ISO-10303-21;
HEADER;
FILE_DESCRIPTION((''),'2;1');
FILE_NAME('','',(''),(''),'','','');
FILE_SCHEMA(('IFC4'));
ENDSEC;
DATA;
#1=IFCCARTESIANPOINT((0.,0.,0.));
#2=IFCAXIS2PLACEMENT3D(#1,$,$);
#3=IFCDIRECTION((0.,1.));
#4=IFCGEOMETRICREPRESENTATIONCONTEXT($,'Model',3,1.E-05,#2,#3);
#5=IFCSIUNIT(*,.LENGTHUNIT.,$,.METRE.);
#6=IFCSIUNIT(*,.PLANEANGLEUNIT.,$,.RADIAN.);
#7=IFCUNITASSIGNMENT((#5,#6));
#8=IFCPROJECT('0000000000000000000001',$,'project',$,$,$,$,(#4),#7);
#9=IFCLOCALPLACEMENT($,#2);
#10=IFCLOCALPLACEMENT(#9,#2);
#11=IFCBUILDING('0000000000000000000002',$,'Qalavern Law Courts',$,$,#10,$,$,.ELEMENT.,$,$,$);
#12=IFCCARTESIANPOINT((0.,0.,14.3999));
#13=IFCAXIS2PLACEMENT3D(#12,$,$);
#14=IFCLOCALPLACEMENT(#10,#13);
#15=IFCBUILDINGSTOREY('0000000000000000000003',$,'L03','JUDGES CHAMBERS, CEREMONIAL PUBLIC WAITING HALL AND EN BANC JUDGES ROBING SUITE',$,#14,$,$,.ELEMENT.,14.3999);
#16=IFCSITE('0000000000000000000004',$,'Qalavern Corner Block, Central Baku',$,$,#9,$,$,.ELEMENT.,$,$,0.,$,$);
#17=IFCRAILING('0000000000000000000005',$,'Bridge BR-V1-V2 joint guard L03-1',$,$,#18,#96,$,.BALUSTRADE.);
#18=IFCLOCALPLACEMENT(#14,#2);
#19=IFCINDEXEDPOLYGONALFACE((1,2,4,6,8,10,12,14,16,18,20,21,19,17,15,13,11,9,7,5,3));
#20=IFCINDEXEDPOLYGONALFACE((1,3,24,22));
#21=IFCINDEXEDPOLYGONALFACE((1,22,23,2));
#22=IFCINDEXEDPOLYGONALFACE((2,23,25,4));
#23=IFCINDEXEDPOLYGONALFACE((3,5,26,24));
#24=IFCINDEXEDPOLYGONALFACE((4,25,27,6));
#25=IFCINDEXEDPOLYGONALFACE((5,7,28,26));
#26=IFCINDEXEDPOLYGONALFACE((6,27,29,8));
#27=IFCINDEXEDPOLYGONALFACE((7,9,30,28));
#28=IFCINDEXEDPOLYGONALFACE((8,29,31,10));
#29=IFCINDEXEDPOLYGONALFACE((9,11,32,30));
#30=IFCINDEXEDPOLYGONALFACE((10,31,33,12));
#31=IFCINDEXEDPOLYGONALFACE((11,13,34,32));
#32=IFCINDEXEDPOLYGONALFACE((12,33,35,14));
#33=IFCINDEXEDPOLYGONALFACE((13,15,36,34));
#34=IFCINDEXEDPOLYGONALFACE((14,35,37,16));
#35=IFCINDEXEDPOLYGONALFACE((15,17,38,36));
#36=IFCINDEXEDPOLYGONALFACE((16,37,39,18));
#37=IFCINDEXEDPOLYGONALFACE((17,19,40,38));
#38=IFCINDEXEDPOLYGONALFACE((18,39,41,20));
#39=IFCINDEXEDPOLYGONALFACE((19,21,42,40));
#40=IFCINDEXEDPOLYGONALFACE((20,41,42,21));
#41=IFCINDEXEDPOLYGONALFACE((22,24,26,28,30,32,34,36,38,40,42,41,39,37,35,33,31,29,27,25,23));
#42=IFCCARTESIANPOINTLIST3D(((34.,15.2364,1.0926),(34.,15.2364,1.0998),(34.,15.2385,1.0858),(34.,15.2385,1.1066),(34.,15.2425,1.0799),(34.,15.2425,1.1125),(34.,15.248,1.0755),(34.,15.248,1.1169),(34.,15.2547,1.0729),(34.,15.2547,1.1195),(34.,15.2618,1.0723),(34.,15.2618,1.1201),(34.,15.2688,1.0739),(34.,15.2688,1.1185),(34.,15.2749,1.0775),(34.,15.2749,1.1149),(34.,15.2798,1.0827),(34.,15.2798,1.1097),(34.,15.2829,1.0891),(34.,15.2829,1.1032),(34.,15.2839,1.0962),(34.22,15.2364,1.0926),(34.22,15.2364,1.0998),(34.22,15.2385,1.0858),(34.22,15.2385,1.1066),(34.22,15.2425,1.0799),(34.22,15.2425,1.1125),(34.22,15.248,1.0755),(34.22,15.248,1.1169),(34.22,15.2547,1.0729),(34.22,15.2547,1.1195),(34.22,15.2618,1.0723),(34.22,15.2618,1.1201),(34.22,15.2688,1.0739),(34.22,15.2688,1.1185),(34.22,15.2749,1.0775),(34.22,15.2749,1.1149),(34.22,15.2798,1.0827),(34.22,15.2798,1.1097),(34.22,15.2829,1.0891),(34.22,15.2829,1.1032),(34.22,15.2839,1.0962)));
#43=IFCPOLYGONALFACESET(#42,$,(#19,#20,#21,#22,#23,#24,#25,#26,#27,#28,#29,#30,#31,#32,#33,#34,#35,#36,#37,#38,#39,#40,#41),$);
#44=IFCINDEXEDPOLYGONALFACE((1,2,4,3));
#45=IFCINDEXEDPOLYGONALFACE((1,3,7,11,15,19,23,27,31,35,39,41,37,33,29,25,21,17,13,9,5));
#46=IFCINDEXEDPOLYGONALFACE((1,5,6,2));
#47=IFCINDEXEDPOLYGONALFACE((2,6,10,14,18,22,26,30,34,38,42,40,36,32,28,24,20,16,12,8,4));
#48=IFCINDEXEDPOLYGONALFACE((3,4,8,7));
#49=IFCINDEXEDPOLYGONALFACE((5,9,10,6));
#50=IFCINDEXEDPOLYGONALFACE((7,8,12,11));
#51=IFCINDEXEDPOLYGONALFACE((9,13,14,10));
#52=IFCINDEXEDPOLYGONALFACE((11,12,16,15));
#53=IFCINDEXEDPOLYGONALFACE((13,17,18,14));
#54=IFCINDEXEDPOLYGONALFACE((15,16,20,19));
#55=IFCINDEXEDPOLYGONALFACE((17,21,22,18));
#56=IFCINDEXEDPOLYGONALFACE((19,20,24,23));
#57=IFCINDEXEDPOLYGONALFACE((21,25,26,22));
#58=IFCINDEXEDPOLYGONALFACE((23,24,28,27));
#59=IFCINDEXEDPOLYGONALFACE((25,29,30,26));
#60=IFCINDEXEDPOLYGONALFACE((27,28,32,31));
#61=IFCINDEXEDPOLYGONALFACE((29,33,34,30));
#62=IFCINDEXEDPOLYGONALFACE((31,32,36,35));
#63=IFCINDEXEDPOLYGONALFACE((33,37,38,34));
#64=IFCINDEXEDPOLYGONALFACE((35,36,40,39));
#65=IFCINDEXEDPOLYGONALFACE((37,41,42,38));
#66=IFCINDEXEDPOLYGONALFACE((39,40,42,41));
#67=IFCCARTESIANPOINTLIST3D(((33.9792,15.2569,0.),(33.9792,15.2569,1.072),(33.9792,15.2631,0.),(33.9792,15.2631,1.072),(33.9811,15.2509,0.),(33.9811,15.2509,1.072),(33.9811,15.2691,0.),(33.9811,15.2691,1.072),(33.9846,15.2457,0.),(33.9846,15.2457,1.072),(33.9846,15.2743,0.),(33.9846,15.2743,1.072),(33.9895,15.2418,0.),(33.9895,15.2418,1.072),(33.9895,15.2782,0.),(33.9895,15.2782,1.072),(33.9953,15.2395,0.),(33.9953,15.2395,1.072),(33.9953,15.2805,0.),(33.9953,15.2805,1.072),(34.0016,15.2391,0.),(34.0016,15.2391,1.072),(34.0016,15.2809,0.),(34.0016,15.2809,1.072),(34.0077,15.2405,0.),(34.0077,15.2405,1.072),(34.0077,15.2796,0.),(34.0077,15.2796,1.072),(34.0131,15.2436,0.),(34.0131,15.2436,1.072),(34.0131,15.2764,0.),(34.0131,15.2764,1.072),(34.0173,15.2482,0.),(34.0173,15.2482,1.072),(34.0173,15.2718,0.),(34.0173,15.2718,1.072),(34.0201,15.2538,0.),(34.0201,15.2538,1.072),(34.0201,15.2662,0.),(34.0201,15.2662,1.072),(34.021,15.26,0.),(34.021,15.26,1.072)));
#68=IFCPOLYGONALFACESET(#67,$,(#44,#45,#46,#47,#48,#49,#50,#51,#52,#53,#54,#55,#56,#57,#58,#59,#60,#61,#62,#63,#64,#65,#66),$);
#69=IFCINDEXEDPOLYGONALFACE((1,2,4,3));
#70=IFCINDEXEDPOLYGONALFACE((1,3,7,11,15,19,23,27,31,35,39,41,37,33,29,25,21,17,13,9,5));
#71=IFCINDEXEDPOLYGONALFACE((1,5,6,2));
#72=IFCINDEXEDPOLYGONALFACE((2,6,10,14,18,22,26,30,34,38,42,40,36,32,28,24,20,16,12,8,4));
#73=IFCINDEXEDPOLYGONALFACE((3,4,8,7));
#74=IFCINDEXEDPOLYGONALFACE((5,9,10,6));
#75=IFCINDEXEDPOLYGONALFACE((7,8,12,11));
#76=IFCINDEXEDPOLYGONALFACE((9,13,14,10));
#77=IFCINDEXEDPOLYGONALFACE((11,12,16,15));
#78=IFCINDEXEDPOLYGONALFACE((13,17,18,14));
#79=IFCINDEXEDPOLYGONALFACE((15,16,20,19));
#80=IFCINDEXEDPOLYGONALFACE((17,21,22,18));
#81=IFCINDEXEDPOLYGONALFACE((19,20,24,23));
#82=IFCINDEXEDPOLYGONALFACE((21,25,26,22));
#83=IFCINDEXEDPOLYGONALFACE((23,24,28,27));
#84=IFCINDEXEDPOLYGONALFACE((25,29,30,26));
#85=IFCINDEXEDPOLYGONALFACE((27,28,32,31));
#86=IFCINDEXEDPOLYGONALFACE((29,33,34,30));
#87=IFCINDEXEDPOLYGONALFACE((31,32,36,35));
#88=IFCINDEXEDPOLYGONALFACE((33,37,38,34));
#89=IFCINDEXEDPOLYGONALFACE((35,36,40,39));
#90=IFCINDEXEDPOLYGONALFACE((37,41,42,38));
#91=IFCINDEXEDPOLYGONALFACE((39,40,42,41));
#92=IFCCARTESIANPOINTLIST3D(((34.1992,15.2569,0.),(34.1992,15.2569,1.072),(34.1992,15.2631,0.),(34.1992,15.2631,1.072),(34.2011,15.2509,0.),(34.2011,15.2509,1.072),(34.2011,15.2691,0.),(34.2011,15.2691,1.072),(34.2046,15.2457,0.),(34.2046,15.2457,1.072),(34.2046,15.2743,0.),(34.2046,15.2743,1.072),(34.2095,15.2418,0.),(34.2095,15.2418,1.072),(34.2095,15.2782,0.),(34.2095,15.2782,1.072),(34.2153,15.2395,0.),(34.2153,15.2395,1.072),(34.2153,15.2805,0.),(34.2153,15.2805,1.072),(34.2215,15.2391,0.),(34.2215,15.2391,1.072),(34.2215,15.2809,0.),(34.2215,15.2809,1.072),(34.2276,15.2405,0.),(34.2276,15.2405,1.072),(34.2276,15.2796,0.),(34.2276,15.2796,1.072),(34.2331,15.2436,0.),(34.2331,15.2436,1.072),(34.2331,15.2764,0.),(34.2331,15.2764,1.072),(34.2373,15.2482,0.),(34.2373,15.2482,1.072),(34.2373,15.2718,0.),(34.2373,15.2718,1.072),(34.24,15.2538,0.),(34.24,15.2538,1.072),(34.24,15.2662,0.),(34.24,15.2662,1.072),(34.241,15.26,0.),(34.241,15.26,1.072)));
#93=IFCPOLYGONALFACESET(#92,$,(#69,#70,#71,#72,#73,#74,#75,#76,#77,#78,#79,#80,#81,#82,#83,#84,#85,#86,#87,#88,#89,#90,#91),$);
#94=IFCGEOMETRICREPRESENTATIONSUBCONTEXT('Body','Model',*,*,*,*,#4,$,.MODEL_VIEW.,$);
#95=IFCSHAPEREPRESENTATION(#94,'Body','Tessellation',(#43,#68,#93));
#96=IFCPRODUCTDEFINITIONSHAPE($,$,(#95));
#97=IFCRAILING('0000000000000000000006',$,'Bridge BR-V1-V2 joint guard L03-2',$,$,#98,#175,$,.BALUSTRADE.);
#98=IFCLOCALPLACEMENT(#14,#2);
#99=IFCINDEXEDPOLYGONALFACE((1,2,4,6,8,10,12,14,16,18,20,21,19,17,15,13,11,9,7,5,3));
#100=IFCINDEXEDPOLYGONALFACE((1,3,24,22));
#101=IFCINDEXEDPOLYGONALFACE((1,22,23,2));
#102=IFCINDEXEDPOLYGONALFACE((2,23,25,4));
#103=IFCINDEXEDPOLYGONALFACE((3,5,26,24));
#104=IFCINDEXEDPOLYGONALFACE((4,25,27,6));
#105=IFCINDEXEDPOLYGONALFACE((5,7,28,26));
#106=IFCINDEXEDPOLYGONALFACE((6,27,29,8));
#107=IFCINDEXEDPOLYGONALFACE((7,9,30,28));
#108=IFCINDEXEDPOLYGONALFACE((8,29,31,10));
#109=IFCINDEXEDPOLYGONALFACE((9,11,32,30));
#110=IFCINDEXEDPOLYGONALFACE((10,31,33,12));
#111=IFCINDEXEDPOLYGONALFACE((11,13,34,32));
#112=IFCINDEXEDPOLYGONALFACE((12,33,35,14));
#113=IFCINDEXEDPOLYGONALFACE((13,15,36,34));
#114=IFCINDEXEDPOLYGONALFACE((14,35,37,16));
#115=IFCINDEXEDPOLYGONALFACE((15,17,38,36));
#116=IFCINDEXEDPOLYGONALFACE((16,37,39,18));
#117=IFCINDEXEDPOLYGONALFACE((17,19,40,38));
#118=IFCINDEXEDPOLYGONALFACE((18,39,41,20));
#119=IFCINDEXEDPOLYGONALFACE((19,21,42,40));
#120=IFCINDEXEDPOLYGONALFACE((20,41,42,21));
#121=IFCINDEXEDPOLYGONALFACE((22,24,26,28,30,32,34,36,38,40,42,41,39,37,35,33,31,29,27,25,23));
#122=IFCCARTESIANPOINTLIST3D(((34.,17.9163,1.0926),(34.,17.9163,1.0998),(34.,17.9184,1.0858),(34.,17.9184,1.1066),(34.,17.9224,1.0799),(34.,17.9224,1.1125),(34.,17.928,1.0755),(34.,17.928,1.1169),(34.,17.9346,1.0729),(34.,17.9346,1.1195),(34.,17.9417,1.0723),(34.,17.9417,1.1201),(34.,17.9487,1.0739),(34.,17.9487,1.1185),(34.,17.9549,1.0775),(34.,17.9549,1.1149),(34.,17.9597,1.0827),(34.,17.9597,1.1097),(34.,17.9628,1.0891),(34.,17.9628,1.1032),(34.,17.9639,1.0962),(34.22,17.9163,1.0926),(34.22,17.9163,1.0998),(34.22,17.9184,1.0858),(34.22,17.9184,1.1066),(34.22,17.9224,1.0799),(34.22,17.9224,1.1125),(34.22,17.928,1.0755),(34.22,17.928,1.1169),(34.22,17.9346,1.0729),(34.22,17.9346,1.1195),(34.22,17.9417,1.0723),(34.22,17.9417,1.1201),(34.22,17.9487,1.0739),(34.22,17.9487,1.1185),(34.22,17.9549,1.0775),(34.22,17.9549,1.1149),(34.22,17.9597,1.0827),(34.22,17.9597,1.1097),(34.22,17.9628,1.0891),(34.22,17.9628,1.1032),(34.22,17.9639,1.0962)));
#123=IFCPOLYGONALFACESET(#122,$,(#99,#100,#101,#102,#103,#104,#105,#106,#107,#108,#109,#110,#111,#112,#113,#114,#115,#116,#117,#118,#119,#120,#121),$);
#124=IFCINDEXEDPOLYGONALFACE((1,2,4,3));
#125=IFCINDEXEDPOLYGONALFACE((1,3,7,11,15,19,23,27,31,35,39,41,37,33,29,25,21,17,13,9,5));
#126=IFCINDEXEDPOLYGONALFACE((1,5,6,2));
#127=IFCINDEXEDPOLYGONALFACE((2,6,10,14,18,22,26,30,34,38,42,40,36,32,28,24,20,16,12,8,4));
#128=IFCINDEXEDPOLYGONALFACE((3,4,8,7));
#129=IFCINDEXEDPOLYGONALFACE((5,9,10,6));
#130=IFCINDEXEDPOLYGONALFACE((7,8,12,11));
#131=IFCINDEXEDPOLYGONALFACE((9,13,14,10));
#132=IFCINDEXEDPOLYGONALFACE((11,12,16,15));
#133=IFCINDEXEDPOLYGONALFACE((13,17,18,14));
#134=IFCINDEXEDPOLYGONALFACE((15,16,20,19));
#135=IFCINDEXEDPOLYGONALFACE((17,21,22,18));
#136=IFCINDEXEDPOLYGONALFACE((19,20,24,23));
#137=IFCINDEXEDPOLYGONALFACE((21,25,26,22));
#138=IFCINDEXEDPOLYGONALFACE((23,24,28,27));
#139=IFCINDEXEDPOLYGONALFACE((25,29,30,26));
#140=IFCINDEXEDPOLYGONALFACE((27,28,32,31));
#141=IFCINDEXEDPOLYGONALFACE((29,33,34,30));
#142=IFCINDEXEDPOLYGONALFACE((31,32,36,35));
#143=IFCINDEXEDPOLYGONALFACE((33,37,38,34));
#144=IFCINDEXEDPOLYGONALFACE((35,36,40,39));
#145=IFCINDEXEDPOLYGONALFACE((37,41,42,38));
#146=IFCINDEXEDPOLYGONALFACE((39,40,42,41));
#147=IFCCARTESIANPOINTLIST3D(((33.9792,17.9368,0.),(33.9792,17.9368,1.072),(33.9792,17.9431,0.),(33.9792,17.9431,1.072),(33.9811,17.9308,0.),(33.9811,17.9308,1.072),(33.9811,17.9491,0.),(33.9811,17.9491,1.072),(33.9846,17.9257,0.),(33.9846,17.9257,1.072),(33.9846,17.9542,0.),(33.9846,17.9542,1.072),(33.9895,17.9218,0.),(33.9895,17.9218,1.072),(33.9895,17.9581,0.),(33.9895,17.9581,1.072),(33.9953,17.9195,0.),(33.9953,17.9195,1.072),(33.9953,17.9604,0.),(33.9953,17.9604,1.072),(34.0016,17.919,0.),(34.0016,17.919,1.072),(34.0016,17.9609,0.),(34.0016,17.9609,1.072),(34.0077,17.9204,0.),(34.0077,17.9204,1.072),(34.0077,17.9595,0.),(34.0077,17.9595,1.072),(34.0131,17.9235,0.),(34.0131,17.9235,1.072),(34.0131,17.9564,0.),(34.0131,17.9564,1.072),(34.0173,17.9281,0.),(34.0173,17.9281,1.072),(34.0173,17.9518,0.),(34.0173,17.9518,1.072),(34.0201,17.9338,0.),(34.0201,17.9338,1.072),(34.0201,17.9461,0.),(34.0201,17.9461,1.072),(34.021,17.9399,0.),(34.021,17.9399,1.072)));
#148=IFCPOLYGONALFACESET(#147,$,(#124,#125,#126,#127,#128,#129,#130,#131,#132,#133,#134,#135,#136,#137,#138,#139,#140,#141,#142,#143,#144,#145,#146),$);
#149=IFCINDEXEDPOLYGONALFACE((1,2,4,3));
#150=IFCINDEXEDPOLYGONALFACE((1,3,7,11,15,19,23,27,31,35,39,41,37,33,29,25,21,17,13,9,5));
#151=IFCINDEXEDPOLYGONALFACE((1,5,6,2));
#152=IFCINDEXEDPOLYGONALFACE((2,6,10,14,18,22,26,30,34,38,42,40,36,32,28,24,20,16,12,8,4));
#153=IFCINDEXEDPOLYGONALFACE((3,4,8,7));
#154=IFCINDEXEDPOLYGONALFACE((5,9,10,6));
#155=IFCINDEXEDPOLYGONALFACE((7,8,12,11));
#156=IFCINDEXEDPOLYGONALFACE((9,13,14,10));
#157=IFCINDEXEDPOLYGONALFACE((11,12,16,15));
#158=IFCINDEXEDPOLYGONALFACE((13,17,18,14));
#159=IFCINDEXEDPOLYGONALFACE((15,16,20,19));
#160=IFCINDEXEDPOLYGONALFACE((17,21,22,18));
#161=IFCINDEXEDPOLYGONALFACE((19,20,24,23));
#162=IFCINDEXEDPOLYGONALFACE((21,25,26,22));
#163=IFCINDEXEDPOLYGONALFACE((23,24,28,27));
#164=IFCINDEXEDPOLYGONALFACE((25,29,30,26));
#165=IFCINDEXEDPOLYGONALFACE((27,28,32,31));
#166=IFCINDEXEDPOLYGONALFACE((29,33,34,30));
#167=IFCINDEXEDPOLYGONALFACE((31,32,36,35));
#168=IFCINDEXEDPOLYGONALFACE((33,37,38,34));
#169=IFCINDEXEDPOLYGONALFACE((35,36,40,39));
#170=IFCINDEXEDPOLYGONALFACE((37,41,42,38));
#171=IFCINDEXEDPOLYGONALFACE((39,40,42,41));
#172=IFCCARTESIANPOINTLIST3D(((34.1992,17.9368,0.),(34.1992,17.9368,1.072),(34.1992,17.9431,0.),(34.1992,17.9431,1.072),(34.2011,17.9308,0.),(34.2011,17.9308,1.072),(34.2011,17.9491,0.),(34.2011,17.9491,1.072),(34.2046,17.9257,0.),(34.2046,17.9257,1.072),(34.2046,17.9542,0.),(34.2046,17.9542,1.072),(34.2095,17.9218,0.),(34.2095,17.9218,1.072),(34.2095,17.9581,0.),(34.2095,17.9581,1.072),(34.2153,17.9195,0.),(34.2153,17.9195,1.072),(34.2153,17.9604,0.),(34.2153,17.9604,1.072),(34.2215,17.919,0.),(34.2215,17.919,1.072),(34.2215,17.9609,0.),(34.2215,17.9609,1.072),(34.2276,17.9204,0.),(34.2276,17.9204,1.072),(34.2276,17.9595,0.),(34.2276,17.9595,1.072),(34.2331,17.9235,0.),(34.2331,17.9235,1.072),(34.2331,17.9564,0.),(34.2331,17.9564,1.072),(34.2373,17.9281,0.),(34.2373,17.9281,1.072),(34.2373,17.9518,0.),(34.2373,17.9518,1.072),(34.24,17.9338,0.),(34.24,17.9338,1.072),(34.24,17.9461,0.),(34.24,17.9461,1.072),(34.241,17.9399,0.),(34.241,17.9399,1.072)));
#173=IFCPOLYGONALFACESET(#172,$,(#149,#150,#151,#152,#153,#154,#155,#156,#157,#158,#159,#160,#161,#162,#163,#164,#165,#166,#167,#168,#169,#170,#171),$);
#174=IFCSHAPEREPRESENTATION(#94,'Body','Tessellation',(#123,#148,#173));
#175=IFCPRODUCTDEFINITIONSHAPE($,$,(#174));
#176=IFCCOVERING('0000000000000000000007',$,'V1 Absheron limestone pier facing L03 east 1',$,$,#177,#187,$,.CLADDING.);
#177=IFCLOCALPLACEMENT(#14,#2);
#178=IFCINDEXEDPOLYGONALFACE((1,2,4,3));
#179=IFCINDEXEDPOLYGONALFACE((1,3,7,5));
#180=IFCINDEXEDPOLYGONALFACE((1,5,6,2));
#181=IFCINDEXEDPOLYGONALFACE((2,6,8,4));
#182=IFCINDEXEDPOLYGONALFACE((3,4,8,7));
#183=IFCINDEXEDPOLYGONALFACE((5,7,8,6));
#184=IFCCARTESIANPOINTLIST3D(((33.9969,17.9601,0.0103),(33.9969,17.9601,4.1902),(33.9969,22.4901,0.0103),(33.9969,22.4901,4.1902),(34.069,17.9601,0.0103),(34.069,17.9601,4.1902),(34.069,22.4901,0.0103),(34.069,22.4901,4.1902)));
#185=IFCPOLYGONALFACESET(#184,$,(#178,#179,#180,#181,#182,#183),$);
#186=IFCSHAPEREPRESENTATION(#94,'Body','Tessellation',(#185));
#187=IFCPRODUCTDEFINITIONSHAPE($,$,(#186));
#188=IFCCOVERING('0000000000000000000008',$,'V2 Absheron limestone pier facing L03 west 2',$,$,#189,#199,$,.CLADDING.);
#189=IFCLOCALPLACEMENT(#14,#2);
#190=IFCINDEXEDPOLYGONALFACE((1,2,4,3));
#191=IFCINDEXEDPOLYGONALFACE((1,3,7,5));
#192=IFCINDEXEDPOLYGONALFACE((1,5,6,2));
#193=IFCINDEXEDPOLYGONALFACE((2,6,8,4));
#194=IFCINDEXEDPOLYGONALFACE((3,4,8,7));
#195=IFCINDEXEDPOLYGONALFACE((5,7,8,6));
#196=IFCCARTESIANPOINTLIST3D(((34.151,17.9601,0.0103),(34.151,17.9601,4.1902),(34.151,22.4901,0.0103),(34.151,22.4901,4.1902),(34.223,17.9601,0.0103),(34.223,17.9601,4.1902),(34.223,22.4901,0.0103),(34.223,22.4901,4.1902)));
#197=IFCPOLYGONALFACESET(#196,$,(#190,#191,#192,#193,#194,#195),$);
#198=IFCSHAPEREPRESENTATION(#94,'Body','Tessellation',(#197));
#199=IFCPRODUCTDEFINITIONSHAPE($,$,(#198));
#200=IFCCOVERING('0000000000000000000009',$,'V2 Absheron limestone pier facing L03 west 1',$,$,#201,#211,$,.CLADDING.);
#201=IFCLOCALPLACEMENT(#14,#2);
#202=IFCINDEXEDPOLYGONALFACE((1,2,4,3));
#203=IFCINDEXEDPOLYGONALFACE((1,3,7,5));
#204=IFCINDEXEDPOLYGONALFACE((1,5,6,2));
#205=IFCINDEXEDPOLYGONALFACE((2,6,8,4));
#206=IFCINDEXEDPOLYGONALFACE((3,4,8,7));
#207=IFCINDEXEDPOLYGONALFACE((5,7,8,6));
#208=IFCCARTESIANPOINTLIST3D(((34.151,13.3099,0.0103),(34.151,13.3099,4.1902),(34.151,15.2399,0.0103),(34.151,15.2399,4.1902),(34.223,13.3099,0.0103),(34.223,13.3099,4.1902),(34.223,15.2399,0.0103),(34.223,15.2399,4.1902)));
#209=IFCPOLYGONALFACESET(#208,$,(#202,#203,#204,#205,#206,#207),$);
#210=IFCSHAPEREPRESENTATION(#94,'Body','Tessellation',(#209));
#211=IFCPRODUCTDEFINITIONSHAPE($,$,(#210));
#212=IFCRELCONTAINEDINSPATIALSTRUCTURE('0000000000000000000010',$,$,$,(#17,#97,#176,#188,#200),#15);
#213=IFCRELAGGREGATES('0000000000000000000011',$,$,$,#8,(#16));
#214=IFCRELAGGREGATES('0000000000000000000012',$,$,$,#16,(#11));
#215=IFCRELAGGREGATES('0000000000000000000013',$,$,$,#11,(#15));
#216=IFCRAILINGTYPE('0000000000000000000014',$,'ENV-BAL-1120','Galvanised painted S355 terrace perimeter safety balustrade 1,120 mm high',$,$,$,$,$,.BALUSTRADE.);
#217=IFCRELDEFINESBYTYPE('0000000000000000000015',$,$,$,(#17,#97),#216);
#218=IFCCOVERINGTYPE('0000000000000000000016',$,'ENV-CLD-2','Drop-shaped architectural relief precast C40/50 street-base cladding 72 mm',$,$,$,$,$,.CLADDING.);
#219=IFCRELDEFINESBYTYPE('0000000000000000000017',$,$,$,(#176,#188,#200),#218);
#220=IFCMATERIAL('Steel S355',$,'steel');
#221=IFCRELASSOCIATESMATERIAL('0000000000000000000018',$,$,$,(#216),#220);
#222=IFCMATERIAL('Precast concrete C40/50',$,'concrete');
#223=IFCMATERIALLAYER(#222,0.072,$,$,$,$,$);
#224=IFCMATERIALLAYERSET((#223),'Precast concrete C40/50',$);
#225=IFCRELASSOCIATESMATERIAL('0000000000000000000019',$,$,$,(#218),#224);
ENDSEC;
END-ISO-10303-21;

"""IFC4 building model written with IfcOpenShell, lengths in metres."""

from ifc_helpers import new_model, si_unit, direction, frame, origin, origin_2d, place, context, subcontext, project, spatial, rectangle, circle, extrude, material, layer, layer_set, type_object, element, save


model = new_model("IFC4")

# Units and contexts
model_context = context("Model", 3, precision=1e-05, world=origin(), true_north=direction((0.0, 1.0)))
body_context = subcontext(model_context, "Body", "Model", "MODEL_VIEW")
ifc_project = project(units=[si_unit("LENGTHUNIT", "METRE"), si_unit("PLANEANGLEUNIT", "RADIAN")], contexts=[model_context])

# Site, building, storey
site_placement = place(None, origin())
site = spatial("IfcSite", under=ifc_project, at=site_placement, Name="Qalavern Corner Block, Central Baku", CompositionType="ELEMENT", RefElevation=0.0)
building_placement = place(site_placement, origin())
building = spatial("IfcBuilding", under=site, at=building_placement, Name="Qalavern Law Courts", CompositionType="ELEMENT")
storey_placement = place(building_placement, frame((0.0, 0.0, 14.3999)))
storey = spatial("IfcBuildingStorey", under=building, at=storey_placement, Name="L03", Description="JUDGES CHAMBERS, CEREMONIAL PUBLIC WAITING HALL AND EN BANC JUDGES ROBING SUITE", CompositionType="ELEMENT", Elevation=14.3999)

# Shared definitions
ifc_material_1 = material(Name="Steel S355", Category="steel")

# Railings
railing_type = type_object("IfcRailingType", Name="ENV-BAL-1120", Description="Galvanised painted S355 terrace perimeter safety balustrade 1,120 mm high", PredefinedType="BALUSTRADE", material=ifc_material_1)
for number, where, name in (
    (1, (34.0, 15.26, 0.0), "Bridge BR-V1-V2 joint guard L03-1"),
    (2, (34.0, 17.9399, 0.0), "Bridge BR-V1-V2 joint guard L03-2"),
):
    element("IfcRailing", number, at=place(storey_placement, frame(where)), inside=storey, type_object=railing_type, Name=name, PredefinedType="BALUSTRADE", context=body_context, shape_type="SweptSolid", body=[
        extrude(circle(Radius=0.0239, at=origin_2d()), frame((0.0, 0.0, 1.0962), z_axis=(1.0, 0.0, 0.0), x_axis=(0.0, 1.0, 0.0)), (0.0, 0.0, 1.0), 0.22),
        extrude(circle(Radius=0.021, at=origin_2d()), origin(), (0.0, 0.0, 1.0), 1.072),
        extrude(circle(Radius=0.021, at=origin_2d()), frame((0.22, 0.0, 0.0)), (0.0, 0.0, 1.0), 1.072),
    ])

# Coverings
ifc_material_2 = material(Name="Precast concrete C40/50", Category="concrete")
ifc_layer_1 = layer(ifc_material_2, 0.072)
ifc_layer_set_1 = layer_set([ifc_layer_1], Name="Precast concrete C40/50")
covering_type = type_object("IfcCoveringType", Name="ENV-CLD-2", Description="Drop-shaped architectural relief precast C40/50 street-base cladding 72 mm", PredefinedType="CLADDING", material=ifc_layer_set_1)
for number, where, z_axis, x_axis, name in (
    (3, (34.033, 20.2251, 0.0103), (0.0, 0.0, 1.0), (0.0, 1.0, 0.0), "V1 Absheron limestone pier facing L03 east 1"),
    (4, (34.187, 20.2251, 0.0103), (0.0, 0.0, 1.0), (0.0, -1.0, 0.0), "V2 Absheron limestone pier facing L03 west 2"),
):
    element("IfcCovering", number, at=place(storey_placement, frame(where, z_axis=z_axis, x_axis=x_axis)), inside=storey, type_object=covering_type, Name=name, PredefinedType="CLADDING", context=body_context, shape_type="SweptSolid", body=[
        extrude(rectangle(XDim=4.53, YDim=0.072, at=origin_2d()), origin(), (0.0, 0.0, 1.0), 4.1799),
    ])
covering_placement = place(storey_placement, frame((34.187, 14.2749, 0.0103), z_axis=(0.0, 0.0, 1.0), x_axis=(0.0, -1.0, 0.0)))
element("IfcCovering", 5, at=covering_placement, inside=storey, type_object=covering_type, Name="V2 Absheron limestone pier facing L03 west 1", PredefinedType="CLADDING", context=body_context, shape_type="SweptSolid", body=[
    extrude(rectangle(XDim=1.9299, YDim=0.072, at=origin_2d()), origin(), (0.0, 0.0, 1.0), 4.1799),
])

save(model, "model.ifc")
